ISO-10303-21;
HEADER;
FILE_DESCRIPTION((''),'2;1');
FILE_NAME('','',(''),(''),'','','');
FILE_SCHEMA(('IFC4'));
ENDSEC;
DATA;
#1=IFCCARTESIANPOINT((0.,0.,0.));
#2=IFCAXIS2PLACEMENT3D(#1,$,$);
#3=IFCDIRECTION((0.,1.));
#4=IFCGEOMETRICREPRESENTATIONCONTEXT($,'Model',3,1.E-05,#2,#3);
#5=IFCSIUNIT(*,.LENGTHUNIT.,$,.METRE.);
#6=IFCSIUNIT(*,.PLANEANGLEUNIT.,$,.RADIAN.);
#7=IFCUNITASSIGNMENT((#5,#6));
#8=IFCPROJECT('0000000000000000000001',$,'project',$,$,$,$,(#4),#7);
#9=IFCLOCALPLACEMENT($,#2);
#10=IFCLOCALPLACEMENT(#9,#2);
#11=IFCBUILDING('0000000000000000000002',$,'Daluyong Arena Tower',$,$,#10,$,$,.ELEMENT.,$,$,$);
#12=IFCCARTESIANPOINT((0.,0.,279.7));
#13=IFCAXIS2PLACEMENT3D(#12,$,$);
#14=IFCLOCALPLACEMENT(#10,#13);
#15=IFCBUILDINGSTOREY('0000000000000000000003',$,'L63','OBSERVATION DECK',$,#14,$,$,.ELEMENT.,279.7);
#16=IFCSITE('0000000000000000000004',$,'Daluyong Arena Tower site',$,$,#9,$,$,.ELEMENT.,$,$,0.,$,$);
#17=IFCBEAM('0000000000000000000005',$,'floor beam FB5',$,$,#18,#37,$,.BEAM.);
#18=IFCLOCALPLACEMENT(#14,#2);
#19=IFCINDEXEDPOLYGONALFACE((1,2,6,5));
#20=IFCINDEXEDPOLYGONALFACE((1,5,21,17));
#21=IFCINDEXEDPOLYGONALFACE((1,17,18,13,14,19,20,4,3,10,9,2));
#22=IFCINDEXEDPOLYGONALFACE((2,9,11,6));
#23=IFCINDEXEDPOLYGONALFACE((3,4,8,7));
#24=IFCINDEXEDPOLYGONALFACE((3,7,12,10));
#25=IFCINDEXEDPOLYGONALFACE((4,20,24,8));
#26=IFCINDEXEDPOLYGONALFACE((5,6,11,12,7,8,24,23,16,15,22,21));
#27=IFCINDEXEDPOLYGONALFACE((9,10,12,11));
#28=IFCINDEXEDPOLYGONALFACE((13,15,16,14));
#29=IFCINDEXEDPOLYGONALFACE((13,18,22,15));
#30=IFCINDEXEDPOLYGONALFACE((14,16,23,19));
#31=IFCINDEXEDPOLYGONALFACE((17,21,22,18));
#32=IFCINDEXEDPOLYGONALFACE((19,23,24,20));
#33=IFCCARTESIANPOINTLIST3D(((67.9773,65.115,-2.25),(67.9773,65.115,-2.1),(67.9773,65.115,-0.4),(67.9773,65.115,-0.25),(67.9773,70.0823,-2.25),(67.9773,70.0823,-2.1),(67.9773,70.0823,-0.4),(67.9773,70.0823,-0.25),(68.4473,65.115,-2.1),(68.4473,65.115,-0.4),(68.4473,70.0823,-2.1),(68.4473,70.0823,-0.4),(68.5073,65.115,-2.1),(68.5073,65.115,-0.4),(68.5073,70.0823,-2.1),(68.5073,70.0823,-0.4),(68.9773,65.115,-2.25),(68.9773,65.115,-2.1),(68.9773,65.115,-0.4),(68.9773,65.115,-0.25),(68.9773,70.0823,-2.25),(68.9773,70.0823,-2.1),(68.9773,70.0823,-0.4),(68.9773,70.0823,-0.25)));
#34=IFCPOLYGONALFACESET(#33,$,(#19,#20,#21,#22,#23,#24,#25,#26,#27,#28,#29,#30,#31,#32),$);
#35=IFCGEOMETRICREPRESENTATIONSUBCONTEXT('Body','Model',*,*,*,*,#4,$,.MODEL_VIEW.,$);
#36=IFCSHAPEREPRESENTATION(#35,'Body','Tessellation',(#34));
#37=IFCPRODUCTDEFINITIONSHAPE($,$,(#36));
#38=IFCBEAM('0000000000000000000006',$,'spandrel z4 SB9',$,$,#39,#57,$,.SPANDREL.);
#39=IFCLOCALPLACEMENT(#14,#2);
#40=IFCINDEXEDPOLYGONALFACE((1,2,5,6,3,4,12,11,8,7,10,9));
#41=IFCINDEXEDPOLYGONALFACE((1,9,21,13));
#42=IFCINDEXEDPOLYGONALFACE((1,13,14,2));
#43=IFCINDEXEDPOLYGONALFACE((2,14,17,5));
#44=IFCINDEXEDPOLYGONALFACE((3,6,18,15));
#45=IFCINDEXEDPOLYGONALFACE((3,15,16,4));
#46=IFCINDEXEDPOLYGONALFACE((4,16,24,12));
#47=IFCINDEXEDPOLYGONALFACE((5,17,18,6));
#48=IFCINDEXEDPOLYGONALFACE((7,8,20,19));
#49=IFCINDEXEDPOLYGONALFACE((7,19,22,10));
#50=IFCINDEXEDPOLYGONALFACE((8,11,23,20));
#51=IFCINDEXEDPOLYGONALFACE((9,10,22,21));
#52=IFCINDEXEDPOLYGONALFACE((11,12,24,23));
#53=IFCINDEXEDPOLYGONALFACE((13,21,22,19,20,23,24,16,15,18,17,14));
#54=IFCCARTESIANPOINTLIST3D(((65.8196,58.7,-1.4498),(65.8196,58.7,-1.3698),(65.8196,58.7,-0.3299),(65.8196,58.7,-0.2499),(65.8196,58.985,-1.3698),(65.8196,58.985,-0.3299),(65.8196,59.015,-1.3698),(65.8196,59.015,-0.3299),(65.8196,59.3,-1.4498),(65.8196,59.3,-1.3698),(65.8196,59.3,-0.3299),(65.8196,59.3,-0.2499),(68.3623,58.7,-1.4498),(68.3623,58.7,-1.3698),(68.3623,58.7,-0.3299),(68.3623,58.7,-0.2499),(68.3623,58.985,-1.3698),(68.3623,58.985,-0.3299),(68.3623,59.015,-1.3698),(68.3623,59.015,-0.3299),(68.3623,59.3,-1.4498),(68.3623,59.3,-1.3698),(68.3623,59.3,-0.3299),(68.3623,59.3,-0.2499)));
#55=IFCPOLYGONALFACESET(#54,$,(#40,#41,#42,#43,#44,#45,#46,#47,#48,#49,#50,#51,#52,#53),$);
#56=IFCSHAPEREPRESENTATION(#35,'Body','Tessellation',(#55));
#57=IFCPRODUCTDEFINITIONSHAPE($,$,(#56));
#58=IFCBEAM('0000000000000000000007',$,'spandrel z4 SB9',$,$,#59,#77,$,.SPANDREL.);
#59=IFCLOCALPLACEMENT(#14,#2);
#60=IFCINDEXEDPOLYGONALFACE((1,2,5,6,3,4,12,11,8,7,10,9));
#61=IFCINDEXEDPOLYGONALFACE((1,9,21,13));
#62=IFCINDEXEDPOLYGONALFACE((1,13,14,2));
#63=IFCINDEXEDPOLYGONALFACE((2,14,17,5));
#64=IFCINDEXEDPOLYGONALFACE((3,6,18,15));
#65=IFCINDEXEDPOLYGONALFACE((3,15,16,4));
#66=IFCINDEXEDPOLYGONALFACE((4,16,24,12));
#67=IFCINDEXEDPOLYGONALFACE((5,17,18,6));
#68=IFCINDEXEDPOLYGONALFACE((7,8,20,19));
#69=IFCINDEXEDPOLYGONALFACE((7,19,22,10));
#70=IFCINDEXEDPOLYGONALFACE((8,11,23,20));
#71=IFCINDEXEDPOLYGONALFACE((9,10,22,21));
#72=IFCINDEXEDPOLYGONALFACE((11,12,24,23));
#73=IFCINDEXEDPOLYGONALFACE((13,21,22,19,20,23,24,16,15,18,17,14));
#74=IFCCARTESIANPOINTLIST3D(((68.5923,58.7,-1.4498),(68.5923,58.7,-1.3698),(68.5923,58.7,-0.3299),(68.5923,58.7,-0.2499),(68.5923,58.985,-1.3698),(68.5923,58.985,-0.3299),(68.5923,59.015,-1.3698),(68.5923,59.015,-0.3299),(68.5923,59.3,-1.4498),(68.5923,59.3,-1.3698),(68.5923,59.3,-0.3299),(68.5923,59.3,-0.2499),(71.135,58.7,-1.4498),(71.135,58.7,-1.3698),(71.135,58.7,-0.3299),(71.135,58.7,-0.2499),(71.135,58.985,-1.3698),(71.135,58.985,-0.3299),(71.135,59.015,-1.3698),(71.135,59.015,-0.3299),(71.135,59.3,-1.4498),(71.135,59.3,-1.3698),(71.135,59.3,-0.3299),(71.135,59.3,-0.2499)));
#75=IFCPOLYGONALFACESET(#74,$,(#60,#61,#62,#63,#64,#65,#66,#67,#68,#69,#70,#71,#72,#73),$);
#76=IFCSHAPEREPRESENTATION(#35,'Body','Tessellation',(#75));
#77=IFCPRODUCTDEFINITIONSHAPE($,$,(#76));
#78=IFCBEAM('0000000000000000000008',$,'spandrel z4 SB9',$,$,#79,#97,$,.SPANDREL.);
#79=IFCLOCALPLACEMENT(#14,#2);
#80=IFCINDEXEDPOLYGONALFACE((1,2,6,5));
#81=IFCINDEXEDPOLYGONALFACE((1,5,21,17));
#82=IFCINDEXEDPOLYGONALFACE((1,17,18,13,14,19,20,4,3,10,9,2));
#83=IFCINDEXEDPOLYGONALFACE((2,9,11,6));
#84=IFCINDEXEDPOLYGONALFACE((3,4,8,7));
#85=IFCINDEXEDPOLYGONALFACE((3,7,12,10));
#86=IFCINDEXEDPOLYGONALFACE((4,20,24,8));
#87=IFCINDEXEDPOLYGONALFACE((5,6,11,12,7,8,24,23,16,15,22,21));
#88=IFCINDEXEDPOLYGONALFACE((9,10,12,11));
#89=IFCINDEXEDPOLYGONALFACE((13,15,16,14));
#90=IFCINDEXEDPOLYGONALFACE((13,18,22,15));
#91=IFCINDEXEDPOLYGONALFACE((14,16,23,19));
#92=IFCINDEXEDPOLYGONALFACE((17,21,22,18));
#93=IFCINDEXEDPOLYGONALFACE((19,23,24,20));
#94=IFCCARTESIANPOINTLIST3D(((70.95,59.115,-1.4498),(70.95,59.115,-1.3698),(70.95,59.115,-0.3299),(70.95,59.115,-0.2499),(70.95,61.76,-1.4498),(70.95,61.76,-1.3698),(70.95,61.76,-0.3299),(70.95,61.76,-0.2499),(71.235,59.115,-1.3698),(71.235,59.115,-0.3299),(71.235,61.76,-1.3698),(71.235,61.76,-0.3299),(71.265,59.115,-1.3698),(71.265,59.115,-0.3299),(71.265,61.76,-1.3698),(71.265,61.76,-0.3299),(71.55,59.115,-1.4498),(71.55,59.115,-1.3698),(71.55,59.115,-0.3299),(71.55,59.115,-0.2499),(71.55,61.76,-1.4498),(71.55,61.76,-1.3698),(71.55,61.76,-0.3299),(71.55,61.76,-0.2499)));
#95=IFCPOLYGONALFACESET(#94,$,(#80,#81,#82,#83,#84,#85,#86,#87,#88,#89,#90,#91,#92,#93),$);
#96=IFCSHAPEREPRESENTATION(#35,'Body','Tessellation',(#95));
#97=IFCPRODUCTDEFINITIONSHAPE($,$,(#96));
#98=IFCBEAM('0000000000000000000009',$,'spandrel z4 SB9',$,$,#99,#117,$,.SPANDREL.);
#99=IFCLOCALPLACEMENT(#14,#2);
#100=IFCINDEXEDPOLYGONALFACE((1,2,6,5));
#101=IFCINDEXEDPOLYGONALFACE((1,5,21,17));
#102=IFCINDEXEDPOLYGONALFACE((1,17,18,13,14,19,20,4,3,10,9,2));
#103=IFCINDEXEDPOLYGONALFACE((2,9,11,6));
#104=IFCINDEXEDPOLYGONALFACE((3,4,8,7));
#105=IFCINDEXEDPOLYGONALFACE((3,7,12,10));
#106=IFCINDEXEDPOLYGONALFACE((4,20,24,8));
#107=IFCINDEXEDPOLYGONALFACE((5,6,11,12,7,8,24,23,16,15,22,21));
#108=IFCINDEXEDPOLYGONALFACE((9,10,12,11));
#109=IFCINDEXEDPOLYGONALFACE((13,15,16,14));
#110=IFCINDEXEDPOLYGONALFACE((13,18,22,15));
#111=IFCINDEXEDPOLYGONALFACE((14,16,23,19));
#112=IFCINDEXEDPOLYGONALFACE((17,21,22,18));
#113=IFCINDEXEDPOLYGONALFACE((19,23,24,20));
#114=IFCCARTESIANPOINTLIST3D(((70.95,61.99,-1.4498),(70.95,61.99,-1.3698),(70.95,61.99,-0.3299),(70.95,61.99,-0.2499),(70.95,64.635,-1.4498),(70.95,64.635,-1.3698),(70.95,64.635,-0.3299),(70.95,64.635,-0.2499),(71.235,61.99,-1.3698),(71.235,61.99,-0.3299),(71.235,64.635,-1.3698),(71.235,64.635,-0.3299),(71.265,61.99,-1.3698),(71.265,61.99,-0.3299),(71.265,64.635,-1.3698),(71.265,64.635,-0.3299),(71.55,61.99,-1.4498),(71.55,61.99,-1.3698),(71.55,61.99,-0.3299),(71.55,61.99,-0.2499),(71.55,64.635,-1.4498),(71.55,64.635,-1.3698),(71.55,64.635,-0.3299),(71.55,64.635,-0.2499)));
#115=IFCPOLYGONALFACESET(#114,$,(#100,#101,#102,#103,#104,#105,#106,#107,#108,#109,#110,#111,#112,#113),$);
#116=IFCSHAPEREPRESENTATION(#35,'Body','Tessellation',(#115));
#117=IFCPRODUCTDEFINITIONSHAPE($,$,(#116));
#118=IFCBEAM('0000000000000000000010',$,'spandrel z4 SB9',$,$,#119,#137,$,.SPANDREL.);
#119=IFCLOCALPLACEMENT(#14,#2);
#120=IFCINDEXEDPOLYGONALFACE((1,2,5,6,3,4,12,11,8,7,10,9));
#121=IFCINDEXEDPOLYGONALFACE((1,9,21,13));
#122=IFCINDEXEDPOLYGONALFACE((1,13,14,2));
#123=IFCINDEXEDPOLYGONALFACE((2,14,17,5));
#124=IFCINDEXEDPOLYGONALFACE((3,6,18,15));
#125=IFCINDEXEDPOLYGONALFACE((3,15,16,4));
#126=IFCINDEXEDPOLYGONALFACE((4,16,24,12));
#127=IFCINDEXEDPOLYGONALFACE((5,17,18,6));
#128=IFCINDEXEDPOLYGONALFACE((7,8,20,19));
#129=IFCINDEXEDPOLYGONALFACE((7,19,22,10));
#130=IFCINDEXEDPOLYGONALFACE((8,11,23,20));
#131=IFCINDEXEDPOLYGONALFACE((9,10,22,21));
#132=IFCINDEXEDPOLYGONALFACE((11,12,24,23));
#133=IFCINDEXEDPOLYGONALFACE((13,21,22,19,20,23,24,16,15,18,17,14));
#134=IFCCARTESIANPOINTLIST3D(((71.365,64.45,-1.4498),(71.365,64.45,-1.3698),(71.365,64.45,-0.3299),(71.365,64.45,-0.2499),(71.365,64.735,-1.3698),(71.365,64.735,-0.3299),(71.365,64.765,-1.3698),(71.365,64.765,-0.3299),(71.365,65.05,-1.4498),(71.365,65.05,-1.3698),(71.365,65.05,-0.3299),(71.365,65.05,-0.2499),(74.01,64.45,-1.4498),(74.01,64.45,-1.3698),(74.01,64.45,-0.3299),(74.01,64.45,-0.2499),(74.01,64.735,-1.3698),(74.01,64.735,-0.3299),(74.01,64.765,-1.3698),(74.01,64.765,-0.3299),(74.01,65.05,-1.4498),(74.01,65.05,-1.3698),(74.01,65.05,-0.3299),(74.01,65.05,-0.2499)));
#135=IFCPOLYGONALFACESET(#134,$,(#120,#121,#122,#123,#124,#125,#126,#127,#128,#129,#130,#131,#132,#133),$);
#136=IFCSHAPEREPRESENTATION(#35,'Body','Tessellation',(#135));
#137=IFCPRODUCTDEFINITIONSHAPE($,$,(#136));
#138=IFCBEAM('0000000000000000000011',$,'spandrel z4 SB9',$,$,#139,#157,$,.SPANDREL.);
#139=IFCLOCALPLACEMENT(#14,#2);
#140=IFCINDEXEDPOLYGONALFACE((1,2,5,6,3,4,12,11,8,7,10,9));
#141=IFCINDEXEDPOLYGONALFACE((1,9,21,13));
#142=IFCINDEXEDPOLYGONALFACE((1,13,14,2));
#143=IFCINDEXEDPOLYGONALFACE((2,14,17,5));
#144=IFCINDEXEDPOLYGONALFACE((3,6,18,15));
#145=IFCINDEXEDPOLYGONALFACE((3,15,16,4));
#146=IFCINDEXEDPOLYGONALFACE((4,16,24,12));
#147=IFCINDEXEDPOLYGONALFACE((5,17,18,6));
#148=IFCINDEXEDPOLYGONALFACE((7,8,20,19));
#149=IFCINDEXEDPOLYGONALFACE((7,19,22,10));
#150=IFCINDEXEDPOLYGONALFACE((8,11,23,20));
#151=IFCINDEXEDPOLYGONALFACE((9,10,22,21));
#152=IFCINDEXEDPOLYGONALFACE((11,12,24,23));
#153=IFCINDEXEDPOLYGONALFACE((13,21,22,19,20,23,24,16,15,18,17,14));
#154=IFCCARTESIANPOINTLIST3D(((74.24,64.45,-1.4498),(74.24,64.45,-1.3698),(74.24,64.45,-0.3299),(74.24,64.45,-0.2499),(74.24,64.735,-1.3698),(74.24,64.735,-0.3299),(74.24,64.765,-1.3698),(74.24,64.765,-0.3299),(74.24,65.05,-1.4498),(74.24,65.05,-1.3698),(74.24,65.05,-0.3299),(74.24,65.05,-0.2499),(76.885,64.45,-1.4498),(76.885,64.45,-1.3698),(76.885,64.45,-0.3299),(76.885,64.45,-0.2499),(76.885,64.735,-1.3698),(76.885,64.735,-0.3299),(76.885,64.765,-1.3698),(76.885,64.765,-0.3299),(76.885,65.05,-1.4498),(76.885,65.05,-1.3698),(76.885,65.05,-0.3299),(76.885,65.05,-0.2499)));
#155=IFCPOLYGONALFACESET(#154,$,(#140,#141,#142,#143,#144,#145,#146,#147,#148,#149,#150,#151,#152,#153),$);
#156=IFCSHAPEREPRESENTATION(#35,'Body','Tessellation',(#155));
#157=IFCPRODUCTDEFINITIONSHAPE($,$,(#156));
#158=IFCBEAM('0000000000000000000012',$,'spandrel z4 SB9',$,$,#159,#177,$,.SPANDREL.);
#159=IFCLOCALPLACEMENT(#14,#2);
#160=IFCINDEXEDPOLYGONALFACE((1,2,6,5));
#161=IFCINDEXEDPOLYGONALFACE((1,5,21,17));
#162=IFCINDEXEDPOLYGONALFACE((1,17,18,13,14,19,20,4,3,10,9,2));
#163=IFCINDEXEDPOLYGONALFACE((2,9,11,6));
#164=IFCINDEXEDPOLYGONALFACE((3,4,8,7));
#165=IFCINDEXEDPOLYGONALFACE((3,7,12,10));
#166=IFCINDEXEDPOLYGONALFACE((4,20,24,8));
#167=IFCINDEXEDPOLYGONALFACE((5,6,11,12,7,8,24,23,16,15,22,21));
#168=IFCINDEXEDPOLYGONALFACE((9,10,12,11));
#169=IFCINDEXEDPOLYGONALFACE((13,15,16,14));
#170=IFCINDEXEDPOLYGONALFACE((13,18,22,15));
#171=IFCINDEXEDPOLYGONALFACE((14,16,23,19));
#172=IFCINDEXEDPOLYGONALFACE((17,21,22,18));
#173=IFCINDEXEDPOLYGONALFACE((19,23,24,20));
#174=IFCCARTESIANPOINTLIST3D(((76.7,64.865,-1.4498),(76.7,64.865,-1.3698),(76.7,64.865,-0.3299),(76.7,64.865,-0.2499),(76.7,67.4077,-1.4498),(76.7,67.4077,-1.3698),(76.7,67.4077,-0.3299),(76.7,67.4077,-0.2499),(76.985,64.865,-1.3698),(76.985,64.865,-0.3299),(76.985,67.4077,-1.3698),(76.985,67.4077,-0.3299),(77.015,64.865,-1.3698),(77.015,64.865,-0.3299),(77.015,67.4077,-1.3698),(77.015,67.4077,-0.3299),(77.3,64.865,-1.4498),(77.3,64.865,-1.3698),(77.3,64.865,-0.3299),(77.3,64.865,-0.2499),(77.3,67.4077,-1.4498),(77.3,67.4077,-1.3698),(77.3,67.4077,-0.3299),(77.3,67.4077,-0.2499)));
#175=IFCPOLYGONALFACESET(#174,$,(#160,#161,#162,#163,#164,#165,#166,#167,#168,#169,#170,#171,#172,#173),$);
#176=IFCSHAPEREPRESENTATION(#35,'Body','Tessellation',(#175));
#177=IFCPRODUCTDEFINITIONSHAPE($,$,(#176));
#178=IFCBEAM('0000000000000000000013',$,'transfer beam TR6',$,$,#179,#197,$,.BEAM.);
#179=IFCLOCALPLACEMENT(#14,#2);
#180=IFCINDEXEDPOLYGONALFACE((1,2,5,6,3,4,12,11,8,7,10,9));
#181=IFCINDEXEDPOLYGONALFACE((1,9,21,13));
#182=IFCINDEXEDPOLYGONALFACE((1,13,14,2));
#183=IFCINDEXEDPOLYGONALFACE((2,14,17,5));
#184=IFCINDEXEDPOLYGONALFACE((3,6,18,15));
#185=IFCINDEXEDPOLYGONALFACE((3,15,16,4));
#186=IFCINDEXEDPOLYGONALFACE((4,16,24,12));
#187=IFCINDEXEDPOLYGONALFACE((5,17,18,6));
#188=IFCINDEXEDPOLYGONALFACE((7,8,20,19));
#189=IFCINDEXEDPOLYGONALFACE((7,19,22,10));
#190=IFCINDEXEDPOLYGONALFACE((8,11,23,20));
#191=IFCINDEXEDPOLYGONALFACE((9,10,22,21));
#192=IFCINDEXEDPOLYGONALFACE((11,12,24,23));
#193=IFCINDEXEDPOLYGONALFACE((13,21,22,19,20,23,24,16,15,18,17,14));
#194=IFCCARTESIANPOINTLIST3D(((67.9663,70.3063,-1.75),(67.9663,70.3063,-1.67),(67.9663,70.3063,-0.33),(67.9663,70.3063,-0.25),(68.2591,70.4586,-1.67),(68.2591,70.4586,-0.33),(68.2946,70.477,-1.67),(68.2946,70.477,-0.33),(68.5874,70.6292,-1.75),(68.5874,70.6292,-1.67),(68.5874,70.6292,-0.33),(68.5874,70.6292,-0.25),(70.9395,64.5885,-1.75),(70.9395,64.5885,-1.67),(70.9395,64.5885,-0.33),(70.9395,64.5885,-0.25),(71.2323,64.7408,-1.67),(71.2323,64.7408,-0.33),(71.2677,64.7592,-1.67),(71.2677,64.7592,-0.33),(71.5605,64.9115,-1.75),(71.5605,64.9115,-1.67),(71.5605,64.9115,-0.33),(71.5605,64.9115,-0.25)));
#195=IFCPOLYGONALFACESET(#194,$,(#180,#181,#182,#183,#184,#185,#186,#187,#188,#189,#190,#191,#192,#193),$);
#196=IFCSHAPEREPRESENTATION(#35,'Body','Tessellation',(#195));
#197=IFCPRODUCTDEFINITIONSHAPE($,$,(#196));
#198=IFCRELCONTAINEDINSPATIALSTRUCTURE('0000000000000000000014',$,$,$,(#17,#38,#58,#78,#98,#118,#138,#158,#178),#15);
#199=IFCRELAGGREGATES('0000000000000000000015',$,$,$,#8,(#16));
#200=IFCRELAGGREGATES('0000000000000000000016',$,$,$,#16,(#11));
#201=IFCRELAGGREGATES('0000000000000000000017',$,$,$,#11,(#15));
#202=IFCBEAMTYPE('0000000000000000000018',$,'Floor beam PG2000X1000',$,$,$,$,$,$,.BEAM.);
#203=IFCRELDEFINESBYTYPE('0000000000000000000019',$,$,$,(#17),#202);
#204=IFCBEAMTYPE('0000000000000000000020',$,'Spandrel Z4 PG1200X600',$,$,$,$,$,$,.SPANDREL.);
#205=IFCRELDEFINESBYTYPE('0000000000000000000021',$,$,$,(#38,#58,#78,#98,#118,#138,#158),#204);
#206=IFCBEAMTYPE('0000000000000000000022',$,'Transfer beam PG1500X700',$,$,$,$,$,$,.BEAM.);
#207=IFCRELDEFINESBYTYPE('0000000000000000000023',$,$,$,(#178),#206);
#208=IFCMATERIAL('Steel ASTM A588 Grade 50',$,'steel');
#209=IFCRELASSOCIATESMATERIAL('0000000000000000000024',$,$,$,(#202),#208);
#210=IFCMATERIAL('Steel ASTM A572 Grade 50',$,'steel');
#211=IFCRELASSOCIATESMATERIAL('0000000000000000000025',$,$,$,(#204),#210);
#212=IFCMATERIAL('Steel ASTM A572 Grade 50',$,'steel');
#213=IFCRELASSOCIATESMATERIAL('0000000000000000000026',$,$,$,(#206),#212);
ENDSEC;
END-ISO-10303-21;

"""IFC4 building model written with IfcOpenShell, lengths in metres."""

from ifc_helpers import new_model, si_unit, direction, frame, origin, origin_2d, place, context, subcontext, project, spatial, i_section, extrude, material, material_profile, profile_set, type_object, element, save


model = new_model("IFC4")

# Units and contexts
model_context = context("Model", 3, precision=1e-05, world=origin(), true_north=direction((0.0, 1.0)))
body_context = subcontext(model_context, "Body", "Model", "MODEL_VIEW")
ifc_project = project(units=[si_unit("LENGTHUNIT", "METRE"), si_unit("PLANEANGLEUNIT", "RADIAN")], contexts=[model_context])

# Site, building, storey
site_placement = place(None, origin())
site = spatial("IfcSite", under=ifc_project, at=site_placement, Name="Daluyong Arena Tower site", CompositionType="ELEMENT", RefElevation=0.0)
building_placement = place(site_placement, origin())
building = spatial("IfcBuilding", under=site, at=building_placement, Name="Daluyong Arena Tower", CompositionType="ELEMENT")
storey_placement = place(building_placement, frame((0.0, 0.0, 279.7)))
storey = spatial("IfcBuildingStorey", under=building, at=storey_placement, Name="L63", Description="OBSERVATION DECK", CompositionType="ELEMENT", Elevation=279.7)

# Beams
ifc_material_1 = material(Name="Steel ASTM A588 Grade 50", Category="steel")
ifc_material_profile_1 = material_profile(ifc_material_1, i_section(OverallWidth=1.0, OverallDepth=2.0, WebThickness=0.06, FlangeThickness=0.15, at=origin_2d()))
ifc_profile_set_1 = profile_set([ifc_material_profile_1], Name="Steel ASTM A588 Grade 50")
beam_type_1 = type_object("IfcBeamType", Name="Floor beam PG2000X1000", PredefinedType="BEAM", material=ifc_profile_set_1)
beam_1_placement = place(storey_placement, frame((68.4773, 65.115, -1.25), z_axis=(0.0, 1.0, 0.0), x_axis=(-1.0, 0.0, 0.0)))
element("IfcBeam", 1, at=beam_1_placement, inside=storey, type_object=beam_type_1, Name="floor beam FB5", PredefinedType="BEAM", context=body_context, shape_type="SweptSolid", body=[
    extrude(i_section(OverallWidth=1.0, OverallDepth=2.0, WebThickness=0.06, FlangeThickness=0.15, at=origin_2d()), origin(), (0.0, 0.0, 1.0), 4.9673),
])
ifc_material_2 = material(Name="Steel ASTM A572 Grade 50", Category="steel")
ifc_material_profile_2 = material_profile(ifc_material_2, i_section(OverallWidth=0.6001, OverallDepth=1.2, WebThickness=0.03, FlangeThickness=0.08, at=origin_2d()))
ifc_profile_set_2 = profile_set([ifc_material_profile_2], Name="Steel ASTM A572 Grade 50")
beam_type_2 = type_object("IfcBeamType", Name="Spandrel Z4 PG1200X600", PredefinedType="SPANDREL", material=ifc_profile_set_2)
for number, where, z_axis, x_axis, name in (
    (2, (65.8196, 59.0, -0.8499), (1.0, 0.0, 0.0), (0.0, 1.0, 0.0), "spandrel z4 SB9"),
    (3, (68.5923, 59.0, -0.8499), (1.0, 0.0, 0.0), (0.0, 1.0, 0.0), "spandrel z4 SB9"),
):
    element("IfcBeam", number, at=place(storey_placement, frame(where, z_axis=z_axis, x_axis=x_axis)), inside=storey, type_object=beam_type_2, Name=name, PredefinedType="SPANDREL", context=body_context, shape_type="SweptSolid", body=[
        extrude(i_section(OverallWidth=0.6001, OverallDepth=1.2, WebThickness=0.03, FlangeThickness=0.08, at=origin_2d()), origin(), (0.0, 0.0, 1.0), 2.5427),
    ])
for number, where, z_axis, x_axis, name in (
    (4, (71.25, 59.115, -0.8499), (0.0, 1.0, 0.0), (-1.0, 0.0, 0.0), "spandrel z4 SB9"),
    (5, (71.25, 61.99, -0.8499), (0.0, 1.0, 0.0), (-1.0, 0.0, 0.0), "spandrel z4 SB9"),
    (6, (71.365, 64.75, -0.8499), (1.0, 0.0, 0.0), (0.0, 1.0, 0.0), "spandrel z4 SB9"),
    (7, (74.24, 64.75, -0.8499), (1.0, 0.0, 0.0), (0.0, 1.0, 0.0), "spandrel z4 SB9"),
):
    element("IfcBeam", number, at=place(storey_placement, frame(where, z_axis=z_axis, x_axis=x_axis)), inside=storey, type_object=beam_type_2, Name=name, PredefinedType="SPANDREL", context=body_context, shape_type="SweptSolid", body=[
        extrude(i_section(OverallWidth=0.6001, OverallDepth=1.2, WebThickness=0.03, FlangeThickness=0.08, at=origin_2d()), origin(), (0.0, 0.0, 1.0), 2.645),
    ])
beam_2_placement = place(storey_placement, frame((77.0, 64.865, -0.8499), z_axis=(0.0, 1.0, 0.0), x_axis=(-1.0, 0.0, 0.0)))
element("IfcBeam", 8, at=beam_2_placement, inside=storey, type_object=beam_type_2, Name="spandrel z4 SB9", PredefinedType="SPANDREL", context=body_context, shape_type="SweptSolid", body=[
    extrude(i_section(OverallWidth=0.6001, OverallDepth=1.2, WebThickness=0.03, FlangeThickness=0.08, at=origin_2d()), origin(), (0.0, 0.0, 1.0), 2.5427),
])
ifc_material_3 = material(Name="Steel ASTM A572 Grade 50", Category="steel")
ifc_material_profile_3 = material_profile(ifc_material_3, i_section(OverallWidth=0.7, OverallDepth=1.5, WebThickness=0.04, FlangeThickness=0.08, at=origin_2d()))
ifc_profile_set_3 = profile_set([ifc_material_profile_3], Name="Steel ASTM A572 Grade 50")
beam_type_3 = type_object("IfcBeamType", Name="Transfer beam PG1500X700", PredefinedType="BEAM", material=ifc_profile_set_3)
beam_3_placement = place(storey_placement, frame((71.25, 64.75, -1.0), z_axis=(-0.461341, 0.887223, 0.0), x_axis=(-0.887223, -0.461341, 0.0)))
element("IfcBeam", 9, at=beam_3_placement, inside=storey, type_object=beam_type_3, Name="transfer beam TR6", PredefinedType="BEAM", context=body_context, shape_type="SweptSolid", body=[
    extrude(i_section(OverallWidth=0.7, OverallDepth=1.5, WebThickness=0.04, FlangeThickness=0.08, at=origin_2d()), origin(), (0.0, 0.0, 1.0), 6.4446),
])

save(model, "model.ifc")
